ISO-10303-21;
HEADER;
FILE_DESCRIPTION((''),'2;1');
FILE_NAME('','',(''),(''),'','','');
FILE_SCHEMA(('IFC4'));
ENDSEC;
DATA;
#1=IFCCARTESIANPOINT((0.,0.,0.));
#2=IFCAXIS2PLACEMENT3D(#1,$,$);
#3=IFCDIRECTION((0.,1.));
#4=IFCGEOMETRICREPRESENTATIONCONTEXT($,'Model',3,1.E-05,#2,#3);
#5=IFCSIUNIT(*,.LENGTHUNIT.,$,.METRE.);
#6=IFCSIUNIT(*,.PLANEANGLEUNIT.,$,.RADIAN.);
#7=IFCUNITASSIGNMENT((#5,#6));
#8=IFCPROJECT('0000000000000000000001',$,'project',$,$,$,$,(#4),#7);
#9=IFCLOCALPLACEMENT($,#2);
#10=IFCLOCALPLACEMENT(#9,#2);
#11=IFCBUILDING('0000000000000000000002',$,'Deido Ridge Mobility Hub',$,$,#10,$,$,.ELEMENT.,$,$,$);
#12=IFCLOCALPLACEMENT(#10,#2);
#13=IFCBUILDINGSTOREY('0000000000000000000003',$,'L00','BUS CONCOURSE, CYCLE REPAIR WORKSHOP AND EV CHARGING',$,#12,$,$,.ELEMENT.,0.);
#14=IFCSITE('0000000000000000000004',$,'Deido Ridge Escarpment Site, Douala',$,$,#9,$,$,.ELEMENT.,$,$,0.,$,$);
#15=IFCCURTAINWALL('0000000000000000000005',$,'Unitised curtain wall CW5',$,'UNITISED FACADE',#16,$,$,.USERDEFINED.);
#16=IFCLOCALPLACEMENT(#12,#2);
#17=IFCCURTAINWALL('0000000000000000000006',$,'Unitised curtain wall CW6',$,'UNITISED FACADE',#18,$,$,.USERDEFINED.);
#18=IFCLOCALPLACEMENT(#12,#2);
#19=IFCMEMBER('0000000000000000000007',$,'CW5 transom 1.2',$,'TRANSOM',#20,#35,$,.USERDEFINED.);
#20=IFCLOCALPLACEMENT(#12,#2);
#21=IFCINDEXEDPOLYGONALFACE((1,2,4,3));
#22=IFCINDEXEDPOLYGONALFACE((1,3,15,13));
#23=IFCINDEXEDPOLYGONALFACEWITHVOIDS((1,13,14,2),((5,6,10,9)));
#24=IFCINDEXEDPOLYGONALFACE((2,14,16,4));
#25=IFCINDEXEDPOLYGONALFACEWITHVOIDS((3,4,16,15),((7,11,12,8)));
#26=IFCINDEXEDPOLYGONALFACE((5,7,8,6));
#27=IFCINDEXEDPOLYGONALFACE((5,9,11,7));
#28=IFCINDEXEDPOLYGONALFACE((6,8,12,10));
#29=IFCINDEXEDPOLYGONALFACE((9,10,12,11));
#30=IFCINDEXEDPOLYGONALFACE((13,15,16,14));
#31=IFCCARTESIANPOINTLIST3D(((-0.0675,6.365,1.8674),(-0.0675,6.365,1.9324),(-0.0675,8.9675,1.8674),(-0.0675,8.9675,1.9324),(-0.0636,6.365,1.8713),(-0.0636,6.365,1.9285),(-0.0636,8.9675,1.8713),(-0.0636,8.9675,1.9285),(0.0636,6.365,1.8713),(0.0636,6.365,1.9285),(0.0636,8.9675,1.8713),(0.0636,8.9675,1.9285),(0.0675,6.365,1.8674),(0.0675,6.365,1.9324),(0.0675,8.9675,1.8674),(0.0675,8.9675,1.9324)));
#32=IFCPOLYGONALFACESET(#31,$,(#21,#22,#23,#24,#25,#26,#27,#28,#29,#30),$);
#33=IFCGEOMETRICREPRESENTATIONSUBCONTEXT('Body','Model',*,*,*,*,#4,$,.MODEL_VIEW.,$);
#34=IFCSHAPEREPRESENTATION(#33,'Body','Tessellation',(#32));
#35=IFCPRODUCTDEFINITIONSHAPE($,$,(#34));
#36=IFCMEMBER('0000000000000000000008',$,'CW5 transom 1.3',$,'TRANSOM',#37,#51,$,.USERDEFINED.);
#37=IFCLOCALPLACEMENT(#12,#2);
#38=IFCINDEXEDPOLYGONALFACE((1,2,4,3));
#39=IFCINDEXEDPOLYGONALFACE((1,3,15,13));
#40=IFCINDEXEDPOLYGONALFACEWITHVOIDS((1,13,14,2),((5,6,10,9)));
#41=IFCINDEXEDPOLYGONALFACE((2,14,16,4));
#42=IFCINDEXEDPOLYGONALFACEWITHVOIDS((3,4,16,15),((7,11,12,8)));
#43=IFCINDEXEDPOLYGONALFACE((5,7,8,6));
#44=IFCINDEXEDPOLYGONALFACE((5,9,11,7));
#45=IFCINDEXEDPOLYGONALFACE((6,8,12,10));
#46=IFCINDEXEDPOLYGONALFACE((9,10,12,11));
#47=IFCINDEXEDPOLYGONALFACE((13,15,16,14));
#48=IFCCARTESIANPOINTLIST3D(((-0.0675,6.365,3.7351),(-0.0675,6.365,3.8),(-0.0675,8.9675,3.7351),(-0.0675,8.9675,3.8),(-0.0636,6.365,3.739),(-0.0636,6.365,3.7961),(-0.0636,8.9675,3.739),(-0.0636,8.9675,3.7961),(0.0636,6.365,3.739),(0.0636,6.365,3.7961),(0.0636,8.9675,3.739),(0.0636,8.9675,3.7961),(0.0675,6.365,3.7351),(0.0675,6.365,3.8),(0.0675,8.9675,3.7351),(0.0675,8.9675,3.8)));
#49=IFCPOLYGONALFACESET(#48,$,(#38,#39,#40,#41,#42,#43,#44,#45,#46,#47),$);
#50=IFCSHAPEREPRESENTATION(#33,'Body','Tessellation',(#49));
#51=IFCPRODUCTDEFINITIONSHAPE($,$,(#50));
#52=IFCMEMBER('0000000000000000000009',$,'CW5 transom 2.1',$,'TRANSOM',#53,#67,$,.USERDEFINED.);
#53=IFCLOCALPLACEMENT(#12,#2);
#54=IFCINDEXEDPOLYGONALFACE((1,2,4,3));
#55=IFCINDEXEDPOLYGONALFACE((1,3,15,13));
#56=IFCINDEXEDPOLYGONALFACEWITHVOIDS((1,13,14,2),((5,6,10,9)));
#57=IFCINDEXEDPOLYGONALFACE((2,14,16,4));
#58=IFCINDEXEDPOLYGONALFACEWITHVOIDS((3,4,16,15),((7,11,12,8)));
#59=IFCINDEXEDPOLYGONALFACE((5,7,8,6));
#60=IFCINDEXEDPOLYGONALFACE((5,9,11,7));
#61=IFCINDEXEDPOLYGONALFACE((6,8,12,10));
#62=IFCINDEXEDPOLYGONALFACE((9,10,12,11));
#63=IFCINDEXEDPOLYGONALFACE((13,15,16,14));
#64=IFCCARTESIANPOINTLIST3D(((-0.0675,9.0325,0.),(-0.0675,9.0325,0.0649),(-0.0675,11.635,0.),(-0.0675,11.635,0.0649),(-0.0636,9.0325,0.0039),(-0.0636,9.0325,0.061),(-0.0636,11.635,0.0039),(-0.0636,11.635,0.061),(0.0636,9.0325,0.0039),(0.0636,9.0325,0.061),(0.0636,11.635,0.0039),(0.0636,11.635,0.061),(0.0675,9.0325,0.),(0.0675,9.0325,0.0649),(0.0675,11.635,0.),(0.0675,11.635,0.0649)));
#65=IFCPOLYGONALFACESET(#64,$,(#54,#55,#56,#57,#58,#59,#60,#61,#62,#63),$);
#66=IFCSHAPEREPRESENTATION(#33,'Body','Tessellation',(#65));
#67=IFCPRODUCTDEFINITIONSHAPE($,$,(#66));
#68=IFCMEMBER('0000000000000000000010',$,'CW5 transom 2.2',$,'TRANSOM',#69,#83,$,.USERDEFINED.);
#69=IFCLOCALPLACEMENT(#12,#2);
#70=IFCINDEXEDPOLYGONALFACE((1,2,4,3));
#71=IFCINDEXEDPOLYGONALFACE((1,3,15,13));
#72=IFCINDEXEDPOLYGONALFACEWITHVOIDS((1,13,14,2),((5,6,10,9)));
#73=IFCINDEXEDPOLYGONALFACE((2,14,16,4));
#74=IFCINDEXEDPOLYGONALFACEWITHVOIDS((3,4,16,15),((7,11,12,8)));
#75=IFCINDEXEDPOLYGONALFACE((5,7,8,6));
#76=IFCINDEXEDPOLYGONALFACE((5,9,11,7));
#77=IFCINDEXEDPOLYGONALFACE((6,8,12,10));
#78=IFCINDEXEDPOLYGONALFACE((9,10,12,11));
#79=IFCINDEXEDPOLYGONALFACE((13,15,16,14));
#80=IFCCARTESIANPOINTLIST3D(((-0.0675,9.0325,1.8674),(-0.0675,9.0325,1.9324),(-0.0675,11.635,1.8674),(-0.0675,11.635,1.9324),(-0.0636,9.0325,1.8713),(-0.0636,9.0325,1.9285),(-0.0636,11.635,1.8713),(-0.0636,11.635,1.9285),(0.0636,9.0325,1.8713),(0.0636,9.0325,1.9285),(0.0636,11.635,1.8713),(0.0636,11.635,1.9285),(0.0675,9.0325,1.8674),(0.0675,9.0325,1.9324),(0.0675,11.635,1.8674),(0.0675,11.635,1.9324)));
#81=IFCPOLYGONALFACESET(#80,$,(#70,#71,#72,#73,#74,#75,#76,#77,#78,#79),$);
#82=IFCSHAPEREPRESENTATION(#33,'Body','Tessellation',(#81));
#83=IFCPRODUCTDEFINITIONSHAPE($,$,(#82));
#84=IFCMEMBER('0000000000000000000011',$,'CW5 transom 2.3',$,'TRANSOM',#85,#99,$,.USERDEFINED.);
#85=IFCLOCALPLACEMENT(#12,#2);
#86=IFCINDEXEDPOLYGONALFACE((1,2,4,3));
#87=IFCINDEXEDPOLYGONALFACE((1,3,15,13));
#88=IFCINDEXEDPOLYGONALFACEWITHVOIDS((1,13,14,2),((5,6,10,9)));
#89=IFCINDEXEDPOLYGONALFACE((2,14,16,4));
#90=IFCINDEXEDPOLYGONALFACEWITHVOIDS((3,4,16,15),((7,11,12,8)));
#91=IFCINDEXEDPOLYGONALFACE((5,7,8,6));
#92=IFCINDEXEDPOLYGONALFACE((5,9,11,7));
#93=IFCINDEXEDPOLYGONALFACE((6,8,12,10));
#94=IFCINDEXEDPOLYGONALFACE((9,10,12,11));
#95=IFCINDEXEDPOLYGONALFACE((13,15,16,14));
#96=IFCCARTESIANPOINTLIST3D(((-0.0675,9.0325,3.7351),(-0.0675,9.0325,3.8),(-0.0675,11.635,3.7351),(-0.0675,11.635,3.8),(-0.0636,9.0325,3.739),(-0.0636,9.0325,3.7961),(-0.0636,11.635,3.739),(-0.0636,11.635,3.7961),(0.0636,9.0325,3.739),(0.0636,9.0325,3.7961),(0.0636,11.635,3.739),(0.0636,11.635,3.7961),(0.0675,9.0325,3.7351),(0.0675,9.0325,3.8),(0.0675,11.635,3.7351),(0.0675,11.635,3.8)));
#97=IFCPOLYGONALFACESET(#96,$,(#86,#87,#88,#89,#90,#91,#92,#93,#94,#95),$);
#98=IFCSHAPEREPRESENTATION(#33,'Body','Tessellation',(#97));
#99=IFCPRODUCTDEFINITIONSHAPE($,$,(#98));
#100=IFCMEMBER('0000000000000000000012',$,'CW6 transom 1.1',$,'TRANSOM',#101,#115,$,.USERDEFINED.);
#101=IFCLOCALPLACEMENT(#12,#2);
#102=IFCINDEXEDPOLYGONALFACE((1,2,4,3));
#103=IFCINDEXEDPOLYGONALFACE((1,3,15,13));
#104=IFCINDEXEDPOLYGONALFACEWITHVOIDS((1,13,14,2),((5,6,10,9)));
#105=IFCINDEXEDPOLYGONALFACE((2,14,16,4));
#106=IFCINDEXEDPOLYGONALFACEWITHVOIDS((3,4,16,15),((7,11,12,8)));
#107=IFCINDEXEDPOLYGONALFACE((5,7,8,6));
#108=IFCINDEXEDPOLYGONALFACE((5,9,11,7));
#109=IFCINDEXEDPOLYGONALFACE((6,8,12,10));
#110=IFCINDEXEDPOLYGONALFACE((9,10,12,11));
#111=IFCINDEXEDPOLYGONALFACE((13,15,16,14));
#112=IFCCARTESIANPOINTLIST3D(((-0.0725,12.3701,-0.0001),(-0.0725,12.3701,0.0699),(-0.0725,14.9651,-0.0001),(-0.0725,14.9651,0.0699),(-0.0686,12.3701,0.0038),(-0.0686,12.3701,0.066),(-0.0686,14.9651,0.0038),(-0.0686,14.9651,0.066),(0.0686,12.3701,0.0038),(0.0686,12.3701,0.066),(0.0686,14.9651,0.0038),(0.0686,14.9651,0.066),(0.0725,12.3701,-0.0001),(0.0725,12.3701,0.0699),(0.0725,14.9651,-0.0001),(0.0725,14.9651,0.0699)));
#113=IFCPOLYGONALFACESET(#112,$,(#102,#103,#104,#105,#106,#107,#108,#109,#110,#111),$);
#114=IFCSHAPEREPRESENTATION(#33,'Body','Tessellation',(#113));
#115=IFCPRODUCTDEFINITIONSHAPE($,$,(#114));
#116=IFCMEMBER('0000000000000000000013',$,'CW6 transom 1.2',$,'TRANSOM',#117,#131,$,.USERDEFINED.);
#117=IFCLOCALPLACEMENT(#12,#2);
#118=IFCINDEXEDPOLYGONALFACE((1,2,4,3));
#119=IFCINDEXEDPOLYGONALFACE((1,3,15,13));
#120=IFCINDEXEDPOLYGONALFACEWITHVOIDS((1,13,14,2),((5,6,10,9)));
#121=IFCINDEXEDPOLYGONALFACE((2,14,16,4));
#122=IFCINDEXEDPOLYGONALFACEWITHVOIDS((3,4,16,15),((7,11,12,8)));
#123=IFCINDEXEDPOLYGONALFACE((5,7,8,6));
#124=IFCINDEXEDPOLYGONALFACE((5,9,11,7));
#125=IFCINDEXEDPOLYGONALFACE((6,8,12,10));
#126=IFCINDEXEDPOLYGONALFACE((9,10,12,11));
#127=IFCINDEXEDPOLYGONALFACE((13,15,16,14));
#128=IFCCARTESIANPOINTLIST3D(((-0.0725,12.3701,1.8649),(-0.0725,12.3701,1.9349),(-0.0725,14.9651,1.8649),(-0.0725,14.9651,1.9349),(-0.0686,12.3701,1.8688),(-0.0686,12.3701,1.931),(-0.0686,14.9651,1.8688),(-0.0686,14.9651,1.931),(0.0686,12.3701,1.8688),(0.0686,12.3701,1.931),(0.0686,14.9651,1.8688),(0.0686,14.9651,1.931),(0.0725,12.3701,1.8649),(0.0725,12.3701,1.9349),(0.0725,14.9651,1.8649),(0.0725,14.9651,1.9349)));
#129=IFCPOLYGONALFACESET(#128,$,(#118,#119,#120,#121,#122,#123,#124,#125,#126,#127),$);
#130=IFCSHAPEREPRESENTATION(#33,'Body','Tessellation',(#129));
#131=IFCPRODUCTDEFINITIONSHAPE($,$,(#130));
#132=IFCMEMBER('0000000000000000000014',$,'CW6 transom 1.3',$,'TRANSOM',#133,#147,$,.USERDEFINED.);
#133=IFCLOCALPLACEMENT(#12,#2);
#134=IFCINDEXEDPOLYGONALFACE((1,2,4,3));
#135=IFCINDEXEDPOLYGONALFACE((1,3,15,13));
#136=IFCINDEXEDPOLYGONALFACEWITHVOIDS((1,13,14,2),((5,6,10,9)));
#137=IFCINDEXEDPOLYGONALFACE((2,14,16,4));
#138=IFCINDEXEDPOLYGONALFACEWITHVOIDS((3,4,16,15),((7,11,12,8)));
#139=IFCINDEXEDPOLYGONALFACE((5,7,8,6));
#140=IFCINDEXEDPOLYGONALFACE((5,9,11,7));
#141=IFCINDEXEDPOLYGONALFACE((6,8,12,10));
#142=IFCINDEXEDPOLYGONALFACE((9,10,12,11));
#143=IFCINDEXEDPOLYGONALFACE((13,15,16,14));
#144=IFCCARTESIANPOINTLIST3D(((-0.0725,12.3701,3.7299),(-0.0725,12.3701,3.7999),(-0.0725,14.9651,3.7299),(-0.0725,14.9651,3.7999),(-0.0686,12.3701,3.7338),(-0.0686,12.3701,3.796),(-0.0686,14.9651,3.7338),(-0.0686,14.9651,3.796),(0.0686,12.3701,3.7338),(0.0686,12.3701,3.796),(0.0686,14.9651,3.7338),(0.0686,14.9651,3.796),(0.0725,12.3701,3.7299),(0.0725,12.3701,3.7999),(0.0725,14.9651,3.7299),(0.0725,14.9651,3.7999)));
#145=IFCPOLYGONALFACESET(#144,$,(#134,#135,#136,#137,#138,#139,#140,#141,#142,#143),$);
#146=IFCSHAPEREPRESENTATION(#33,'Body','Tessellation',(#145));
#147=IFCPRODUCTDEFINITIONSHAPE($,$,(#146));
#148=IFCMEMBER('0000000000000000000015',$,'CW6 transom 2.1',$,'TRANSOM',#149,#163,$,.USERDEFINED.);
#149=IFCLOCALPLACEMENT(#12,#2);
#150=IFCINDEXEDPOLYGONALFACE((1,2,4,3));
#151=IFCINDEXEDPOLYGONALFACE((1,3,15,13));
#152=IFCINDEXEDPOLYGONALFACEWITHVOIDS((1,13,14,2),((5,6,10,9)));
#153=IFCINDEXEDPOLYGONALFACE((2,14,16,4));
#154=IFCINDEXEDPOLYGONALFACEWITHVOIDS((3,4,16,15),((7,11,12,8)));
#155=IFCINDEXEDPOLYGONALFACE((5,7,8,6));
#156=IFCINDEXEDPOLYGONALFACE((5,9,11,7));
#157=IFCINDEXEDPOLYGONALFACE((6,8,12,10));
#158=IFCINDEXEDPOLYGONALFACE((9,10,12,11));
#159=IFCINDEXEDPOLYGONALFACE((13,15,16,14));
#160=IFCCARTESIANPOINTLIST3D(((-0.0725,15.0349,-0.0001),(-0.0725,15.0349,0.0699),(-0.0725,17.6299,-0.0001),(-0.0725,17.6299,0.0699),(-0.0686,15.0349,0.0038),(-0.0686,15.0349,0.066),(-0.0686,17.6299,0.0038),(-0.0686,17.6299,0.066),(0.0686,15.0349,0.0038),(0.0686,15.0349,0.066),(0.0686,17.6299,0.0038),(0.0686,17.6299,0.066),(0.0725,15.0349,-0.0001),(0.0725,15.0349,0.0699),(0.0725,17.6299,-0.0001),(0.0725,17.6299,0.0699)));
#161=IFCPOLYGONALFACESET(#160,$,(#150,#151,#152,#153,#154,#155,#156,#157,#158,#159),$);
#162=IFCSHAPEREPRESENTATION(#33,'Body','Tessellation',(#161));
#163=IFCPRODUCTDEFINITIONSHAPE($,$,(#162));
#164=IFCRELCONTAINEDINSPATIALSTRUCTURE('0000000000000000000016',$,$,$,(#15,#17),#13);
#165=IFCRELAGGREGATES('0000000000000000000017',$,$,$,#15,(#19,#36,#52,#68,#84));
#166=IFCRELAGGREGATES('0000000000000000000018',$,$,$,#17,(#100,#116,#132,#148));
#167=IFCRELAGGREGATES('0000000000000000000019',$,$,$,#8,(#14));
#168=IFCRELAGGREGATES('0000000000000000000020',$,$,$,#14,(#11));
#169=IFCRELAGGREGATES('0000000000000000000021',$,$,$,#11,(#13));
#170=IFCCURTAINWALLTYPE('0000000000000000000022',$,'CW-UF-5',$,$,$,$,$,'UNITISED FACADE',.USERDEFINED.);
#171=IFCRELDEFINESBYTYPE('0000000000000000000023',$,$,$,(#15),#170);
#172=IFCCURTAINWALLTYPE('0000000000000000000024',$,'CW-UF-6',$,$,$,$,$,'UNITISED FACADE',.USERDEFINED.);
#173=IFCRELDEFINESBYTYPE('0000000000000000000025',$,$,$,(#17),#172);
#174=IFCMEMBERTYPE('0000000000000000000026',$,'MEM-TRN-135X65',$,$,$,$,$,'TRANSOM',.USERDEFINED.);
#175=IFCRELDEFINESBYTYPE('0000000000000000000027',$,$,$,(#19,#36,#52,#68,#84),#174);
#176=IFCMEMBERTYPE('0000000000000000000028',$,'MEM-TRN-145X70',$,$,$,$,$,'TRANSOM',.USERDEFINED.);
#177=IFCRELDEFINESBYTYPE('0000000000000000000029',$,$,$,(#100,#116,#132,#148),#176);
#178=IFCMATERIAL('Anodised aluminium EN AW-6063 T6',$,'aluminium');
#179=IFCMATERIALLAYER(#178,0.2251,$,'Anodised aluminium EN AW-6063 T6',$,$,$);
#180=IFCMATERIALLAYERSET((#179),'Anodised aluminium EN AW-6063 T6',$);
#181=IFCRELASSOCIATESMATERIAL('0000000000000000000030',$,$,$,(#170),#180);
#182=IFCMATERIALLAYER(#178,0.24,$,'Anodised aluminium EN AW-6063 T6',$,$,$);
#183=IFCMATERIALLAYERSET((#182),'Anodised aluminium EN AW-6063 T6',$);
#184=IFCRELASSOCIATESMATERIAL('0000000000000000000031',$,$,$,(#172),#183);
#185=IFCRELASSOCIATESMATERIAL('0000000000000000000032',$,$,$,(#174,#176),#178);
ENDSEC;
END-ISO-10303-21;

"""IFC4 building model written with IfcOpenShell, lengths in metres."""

from ifc_helpers import new_model, si_unit, direction, frame, origin, origin_2d, place, context, subcontext, project, spatial, hollow_rectangle, extrude, material, layer, layer_set, material_profile, profile_set, type_object, element, aggregate, save


model = new_model("IFC4")

# Units and contexts
model_context = context("Model", 3, precision=1e-05, world=origin(), true_north=direction((0.0, 1.0)))
body_context = subcontext(model_context, "Body", "Model", "MODEL_VIEW")
ifc_project = project(units=[si_unit("LENGTHUNIT", "METRE"), si_unit("PLANEANGLEUNIT", "RADIAN")], contexts=[model_context])

# Site, building, storey
site_placement = place(None, origin())
site = spatial("IfcSite", under=ifc_project, at=site_placement, Name="Deido Ridge Escarpment Site, Douala", CompositionType="ELEMENT", RefElevation=0.0)
building_placement = place(site_placement, origin())
building = spatial("IfcBuilding", under=site, at=building_placement, Name="Deido Ridge Mobility Hub", CompositionType="ELEMENT")
storey_placement = place(building_placement, origin())
storey = spatial("IfcBuildingStorey", under=building, at=storey_placement, Name="L00", Description="BUS CONCOURSE, CYCLE REPAIR WORKSHOP AND EV CHARGING", CompositionType="ELEMENT", Elevation=0.0)

# Curtain walls
ifc_material_1 = material(Name="Anodised aluminium EN AW-6063 T6", Category="aluminium")
ifc_layer_1 = layer(ifc_material_1, 0.2251, Name="Anodised aluminium EN AW-6063 T6")
ifc_layer_set_1 = layer_set([ifc_layer_1], Name="Anodised aluminium EN AW-6063 T6")
curtain_wall_type_1 = type_object("IfcCurtainWallType", Name="CW-UF-5", ElementType="UNITISED FACADE", PredefinedType="USERDEFINED", material=ifc_layer_set_1)
curtain_wall_1_placement = place(storey_placement, origin())
curtain_wall_1 = element("IfcCurtainWall", 1, at=curtain_wall_1_placement, inside=storey, type_object=curtain_wall_type_1, Name="Unitised curtain wall CW5", ObjectType="UNITISED FACADE", PredefinedType="USERDEFINED")
ifc_layer_2 = layer(ifc_material_1, 0.24, Name="Anodised aluminium EN AW-6063 T6")
ifc_layer_set_2 = layer_set([ifc_layer_2], Name="Anodised aluminium EN AW-6063 T6")
curtain_wall_type_2 = type_object("IfcCurtainWallType", Name="CW-UF-6", ElementType="UNITISED FACADE", PredefinedType="USERDEFINED", material=ifc_layer_set_2)
curtain_wall_2_placement = place(storey_placement, origin())
curtain_wall_2 = element("IfcCurtainWall", 2, at=curtain_wall_2_placement, inside=storey, type_object=curtain_wall_type_2, Name="Unitised curtain wall CW6", ObjectType="UNITISED FACADE", PredefinedType="USERDEFINED")

# Members
ifc_material_profile_1 = material_profile(ifc_material_1, hollow_rectangle(XDim=0.135, YDim=0.0649, WallThickness=0.0039, at=origin_2d()), Name="RHS 135x65x4")
ifc_profile_set_1 = profile_set([ifc_material_profile_1], Name="Anodised aluminium EN AW-6063 T6")
member_type_1 = type_object("IfcMemberType", Name="MEM-TRN-135X65", ElementType="TRANSOM", PredefinedType="USERDEFINED", material=ifc_profile_set_1)
member_1_placement = place(storey_placement, frame((0.0, 6.365, 1.8999), z_axis=(0.0, 1.0, 0.0), x_axis=(-1.0, 0.0, 0.0)))
member_1 = element("IfcMember", 3, at=member_1_placement, type_object=member_type_1, Name="CW5 transom 1.2", ObjectType="TRANSOM", PredefinedType="USERDEFINED", context=body_context, shape_type="SweptSolid", body=[
    extrude(hollow_rectangle(XDim=0.135, YDim=0.0649, WallThickness=0.0039, at=origin_2d()), origin(), (0.0, 0.0, 1.0), 2.6025),
])
member_2_placement = place(storey_placement, frame((0.0, 6.365, 3.7676), z_axis=(0.0, 1.0, 0.0), x_axis=(-1.0, 0.0, 0.0)))
member_2 = element("IfcMember", 4, at=member_2_placement, type_object=member_type_1, Name="CW5 transom 1.3", ObjectType="TRANSOM", PredefinedType="USERDEFINED", context=body_context, shape_type="SweptSolid", body=[
    extrude(hollow_rectangle(XDim=0.135, YDim=0.0649, WallThickness=0.0039, at=origin_2d()), origin(), (0.0, 0.0, 1.0), 2.6025),
])
member_3_placement = place(storey_placement, frame((0.0, 9.0325, 0.0325), z_axis=(0.0, 1.0, 0.0), x_axis=(-1.0, 0.0, 0.0)))
member_3 = element("IfcMember", 5, at=member_3_placement, type_object=member_type_1, Name="CW5 transom 2.1", ObjectType="TRANSOM", PredefinedType="USERDEFINED", context=body_context, shape_type="SweptSolid", body=[
    extrude(hollow_rectangle(XDim=0.135, YDim=0.0649, WallThickness=0.0039, at=origin_2d()), origin(), (0.0, 0.0, 1.0), 2.6025),
])
member_4_placement = place(storey_placement, frame((0.0, 9.0325, 1.8999), z_axis=(0.0, 1.0, 0.0), x_axis=(-1.0, 0.0, 0.0)))
member_4 = element("IfcMember", 6, at=member_4_placement, type_object=member_type_1, Name="CW5 transom 2.2", ObjectType="TRANSOM", PredefinedType="USERDEFINED", context=body_context, shape_type="SweptSolid", body=[
    extrude(hollow_rectangle(XDim=0.135, YDim=0.0649, WallThickness=0.0039, at=origin_2d()), origin(), (0.0, 0.0, 1.0), 2.6025),
])
member_5_placement = place(storey_placement, frame((0.0, 9.0325, 3.7676), z_axis=(0.0, 1.0, 0.0), x_axis=(-1.0, 0.0, 0.0)))
member_5 = element("IfcMember", 7, at=member_5_placement, type_object=member_type_1, Name="CW5 transom 2.3", ObjectType="TRANSOM", PredefinedType="USERDEFINED", context=body_context, shape_type="SweptSolid", body=[
    extrude(hollow_rectangle(XDim=0.135, YDim=0.0649, WallThickness=0.0039, at=origin_2d()), origin(), (0.0, 0.0, 1.0), 2.6025),
])
ifc_material_profile_2 = material_profile(ifc_material_1, hollow_rectangle(XDim=0.145, YDim=0.0701, WallThickness=0.0039, at=origin_2d()), Name="RHS 145x70x4")
ifc_profile_set_2 = profile_set([ifc_material_profile_2], Name="Anodised aluminium EN AW-6063 T6")
member_type_2 = type_object("IfcMemberType", Name="MEM-TRN-145X70", ElementType="TRANSOM", PredefinedType="USERDEFINED", material=ifc_profile_set_2)
member_6_placement = place(storey_placement, frame((0.0, 12.3701, 0.0349), z_axis=(0.0, 1.0, 0.0), x_axis=(-1.0, 0.0, 0.0)))
member_6 = element("IfcMember", 8, at=member_6_placement, type_object=member_type_2, Name="CW6 transom 1.1", ObjectType="TRANSOM", PredefinedType="USERDEFINED", context=body_context, shape_type="SweptSolid", body=[
    extrude(hollow_rectangle(XDim=0.145, YDim=0.0701, WallThickness=0.0039, at=origin_2d()), origin(), (0.0, 0.0, 1.0), 2.595),
])
member_7_placement = place(storey_placement, frame((0.0, 12.3701, 1.8999), z_axis=(0.0, 1.0, 0.0), x_axis=(-1.0, 0.0, 0.0)))
member_7 = element("IfcMember", 9, at=member_7_placement, type_object=member_type_2, Name="CW6 transom 1.2", ObjectType="TRANSOM", PredefinedType="USERDEFINED", context=body_context, shape_type="SweptSolid", body=[
    extrude(hollow_rectangle(XDim=0.145, YDim=0.0701, WallThickness=0.0039, at=origin_2d()), origin(), (0.0, 0.0, 1.0), 2.595),
])
member_8_placement = place(storey_placement, frame((0.0, 12.3701, 3.7649), z_axis=(0.0, 1.0, 0.0), x_axis=(-1.0, 0.0, 0.0)))
member_8 = element("IfcMember", 10, at=member_8_placement, type_object=member_type_2, Name="CW6 transom 1.3", ObjectType="TRANSOM", PredefinedType="USERDEFINED", context=body_context, shape_type="SweptSolid", body=[
    extrude(hollow_rectangle(XDim=0.145, YDim=0.0701, WallThickness=0.0039, at=origin_2d()), origin(), (0.0, 0.0, 1.0), 2.595),
])
member_9_placement = place(storey_placement, frame((0.0, 15.0349, 0.0349), z_axis=(0.0, 1.0, 0.0), x_axis=(-1.0, 0.0, 0.0)))
member_9 = element("IfcMember", 11, at=member_9_placement, type_object=member_type_2, Name="CW6 transom 2.1", ObjectType="TRANSOM", PredefinedType="USERDEFINED", context=body_context, shape_type="SweptSolid", body=[
    extrude(hollow_rectangle(XDim=0.145, YDim=0.0701, WallThickness=0.0039, at=origin_2d()), origin(), (0.0, 0.0, 1.0), 2.595),
])

aggregate(curtain_wall_1, [member_1, member_2, member_3, member_4, member_5])
aggregate(curtain_wall_2, [member_6, member_7, member_8, member_9])

save(model, "model.ifc")
